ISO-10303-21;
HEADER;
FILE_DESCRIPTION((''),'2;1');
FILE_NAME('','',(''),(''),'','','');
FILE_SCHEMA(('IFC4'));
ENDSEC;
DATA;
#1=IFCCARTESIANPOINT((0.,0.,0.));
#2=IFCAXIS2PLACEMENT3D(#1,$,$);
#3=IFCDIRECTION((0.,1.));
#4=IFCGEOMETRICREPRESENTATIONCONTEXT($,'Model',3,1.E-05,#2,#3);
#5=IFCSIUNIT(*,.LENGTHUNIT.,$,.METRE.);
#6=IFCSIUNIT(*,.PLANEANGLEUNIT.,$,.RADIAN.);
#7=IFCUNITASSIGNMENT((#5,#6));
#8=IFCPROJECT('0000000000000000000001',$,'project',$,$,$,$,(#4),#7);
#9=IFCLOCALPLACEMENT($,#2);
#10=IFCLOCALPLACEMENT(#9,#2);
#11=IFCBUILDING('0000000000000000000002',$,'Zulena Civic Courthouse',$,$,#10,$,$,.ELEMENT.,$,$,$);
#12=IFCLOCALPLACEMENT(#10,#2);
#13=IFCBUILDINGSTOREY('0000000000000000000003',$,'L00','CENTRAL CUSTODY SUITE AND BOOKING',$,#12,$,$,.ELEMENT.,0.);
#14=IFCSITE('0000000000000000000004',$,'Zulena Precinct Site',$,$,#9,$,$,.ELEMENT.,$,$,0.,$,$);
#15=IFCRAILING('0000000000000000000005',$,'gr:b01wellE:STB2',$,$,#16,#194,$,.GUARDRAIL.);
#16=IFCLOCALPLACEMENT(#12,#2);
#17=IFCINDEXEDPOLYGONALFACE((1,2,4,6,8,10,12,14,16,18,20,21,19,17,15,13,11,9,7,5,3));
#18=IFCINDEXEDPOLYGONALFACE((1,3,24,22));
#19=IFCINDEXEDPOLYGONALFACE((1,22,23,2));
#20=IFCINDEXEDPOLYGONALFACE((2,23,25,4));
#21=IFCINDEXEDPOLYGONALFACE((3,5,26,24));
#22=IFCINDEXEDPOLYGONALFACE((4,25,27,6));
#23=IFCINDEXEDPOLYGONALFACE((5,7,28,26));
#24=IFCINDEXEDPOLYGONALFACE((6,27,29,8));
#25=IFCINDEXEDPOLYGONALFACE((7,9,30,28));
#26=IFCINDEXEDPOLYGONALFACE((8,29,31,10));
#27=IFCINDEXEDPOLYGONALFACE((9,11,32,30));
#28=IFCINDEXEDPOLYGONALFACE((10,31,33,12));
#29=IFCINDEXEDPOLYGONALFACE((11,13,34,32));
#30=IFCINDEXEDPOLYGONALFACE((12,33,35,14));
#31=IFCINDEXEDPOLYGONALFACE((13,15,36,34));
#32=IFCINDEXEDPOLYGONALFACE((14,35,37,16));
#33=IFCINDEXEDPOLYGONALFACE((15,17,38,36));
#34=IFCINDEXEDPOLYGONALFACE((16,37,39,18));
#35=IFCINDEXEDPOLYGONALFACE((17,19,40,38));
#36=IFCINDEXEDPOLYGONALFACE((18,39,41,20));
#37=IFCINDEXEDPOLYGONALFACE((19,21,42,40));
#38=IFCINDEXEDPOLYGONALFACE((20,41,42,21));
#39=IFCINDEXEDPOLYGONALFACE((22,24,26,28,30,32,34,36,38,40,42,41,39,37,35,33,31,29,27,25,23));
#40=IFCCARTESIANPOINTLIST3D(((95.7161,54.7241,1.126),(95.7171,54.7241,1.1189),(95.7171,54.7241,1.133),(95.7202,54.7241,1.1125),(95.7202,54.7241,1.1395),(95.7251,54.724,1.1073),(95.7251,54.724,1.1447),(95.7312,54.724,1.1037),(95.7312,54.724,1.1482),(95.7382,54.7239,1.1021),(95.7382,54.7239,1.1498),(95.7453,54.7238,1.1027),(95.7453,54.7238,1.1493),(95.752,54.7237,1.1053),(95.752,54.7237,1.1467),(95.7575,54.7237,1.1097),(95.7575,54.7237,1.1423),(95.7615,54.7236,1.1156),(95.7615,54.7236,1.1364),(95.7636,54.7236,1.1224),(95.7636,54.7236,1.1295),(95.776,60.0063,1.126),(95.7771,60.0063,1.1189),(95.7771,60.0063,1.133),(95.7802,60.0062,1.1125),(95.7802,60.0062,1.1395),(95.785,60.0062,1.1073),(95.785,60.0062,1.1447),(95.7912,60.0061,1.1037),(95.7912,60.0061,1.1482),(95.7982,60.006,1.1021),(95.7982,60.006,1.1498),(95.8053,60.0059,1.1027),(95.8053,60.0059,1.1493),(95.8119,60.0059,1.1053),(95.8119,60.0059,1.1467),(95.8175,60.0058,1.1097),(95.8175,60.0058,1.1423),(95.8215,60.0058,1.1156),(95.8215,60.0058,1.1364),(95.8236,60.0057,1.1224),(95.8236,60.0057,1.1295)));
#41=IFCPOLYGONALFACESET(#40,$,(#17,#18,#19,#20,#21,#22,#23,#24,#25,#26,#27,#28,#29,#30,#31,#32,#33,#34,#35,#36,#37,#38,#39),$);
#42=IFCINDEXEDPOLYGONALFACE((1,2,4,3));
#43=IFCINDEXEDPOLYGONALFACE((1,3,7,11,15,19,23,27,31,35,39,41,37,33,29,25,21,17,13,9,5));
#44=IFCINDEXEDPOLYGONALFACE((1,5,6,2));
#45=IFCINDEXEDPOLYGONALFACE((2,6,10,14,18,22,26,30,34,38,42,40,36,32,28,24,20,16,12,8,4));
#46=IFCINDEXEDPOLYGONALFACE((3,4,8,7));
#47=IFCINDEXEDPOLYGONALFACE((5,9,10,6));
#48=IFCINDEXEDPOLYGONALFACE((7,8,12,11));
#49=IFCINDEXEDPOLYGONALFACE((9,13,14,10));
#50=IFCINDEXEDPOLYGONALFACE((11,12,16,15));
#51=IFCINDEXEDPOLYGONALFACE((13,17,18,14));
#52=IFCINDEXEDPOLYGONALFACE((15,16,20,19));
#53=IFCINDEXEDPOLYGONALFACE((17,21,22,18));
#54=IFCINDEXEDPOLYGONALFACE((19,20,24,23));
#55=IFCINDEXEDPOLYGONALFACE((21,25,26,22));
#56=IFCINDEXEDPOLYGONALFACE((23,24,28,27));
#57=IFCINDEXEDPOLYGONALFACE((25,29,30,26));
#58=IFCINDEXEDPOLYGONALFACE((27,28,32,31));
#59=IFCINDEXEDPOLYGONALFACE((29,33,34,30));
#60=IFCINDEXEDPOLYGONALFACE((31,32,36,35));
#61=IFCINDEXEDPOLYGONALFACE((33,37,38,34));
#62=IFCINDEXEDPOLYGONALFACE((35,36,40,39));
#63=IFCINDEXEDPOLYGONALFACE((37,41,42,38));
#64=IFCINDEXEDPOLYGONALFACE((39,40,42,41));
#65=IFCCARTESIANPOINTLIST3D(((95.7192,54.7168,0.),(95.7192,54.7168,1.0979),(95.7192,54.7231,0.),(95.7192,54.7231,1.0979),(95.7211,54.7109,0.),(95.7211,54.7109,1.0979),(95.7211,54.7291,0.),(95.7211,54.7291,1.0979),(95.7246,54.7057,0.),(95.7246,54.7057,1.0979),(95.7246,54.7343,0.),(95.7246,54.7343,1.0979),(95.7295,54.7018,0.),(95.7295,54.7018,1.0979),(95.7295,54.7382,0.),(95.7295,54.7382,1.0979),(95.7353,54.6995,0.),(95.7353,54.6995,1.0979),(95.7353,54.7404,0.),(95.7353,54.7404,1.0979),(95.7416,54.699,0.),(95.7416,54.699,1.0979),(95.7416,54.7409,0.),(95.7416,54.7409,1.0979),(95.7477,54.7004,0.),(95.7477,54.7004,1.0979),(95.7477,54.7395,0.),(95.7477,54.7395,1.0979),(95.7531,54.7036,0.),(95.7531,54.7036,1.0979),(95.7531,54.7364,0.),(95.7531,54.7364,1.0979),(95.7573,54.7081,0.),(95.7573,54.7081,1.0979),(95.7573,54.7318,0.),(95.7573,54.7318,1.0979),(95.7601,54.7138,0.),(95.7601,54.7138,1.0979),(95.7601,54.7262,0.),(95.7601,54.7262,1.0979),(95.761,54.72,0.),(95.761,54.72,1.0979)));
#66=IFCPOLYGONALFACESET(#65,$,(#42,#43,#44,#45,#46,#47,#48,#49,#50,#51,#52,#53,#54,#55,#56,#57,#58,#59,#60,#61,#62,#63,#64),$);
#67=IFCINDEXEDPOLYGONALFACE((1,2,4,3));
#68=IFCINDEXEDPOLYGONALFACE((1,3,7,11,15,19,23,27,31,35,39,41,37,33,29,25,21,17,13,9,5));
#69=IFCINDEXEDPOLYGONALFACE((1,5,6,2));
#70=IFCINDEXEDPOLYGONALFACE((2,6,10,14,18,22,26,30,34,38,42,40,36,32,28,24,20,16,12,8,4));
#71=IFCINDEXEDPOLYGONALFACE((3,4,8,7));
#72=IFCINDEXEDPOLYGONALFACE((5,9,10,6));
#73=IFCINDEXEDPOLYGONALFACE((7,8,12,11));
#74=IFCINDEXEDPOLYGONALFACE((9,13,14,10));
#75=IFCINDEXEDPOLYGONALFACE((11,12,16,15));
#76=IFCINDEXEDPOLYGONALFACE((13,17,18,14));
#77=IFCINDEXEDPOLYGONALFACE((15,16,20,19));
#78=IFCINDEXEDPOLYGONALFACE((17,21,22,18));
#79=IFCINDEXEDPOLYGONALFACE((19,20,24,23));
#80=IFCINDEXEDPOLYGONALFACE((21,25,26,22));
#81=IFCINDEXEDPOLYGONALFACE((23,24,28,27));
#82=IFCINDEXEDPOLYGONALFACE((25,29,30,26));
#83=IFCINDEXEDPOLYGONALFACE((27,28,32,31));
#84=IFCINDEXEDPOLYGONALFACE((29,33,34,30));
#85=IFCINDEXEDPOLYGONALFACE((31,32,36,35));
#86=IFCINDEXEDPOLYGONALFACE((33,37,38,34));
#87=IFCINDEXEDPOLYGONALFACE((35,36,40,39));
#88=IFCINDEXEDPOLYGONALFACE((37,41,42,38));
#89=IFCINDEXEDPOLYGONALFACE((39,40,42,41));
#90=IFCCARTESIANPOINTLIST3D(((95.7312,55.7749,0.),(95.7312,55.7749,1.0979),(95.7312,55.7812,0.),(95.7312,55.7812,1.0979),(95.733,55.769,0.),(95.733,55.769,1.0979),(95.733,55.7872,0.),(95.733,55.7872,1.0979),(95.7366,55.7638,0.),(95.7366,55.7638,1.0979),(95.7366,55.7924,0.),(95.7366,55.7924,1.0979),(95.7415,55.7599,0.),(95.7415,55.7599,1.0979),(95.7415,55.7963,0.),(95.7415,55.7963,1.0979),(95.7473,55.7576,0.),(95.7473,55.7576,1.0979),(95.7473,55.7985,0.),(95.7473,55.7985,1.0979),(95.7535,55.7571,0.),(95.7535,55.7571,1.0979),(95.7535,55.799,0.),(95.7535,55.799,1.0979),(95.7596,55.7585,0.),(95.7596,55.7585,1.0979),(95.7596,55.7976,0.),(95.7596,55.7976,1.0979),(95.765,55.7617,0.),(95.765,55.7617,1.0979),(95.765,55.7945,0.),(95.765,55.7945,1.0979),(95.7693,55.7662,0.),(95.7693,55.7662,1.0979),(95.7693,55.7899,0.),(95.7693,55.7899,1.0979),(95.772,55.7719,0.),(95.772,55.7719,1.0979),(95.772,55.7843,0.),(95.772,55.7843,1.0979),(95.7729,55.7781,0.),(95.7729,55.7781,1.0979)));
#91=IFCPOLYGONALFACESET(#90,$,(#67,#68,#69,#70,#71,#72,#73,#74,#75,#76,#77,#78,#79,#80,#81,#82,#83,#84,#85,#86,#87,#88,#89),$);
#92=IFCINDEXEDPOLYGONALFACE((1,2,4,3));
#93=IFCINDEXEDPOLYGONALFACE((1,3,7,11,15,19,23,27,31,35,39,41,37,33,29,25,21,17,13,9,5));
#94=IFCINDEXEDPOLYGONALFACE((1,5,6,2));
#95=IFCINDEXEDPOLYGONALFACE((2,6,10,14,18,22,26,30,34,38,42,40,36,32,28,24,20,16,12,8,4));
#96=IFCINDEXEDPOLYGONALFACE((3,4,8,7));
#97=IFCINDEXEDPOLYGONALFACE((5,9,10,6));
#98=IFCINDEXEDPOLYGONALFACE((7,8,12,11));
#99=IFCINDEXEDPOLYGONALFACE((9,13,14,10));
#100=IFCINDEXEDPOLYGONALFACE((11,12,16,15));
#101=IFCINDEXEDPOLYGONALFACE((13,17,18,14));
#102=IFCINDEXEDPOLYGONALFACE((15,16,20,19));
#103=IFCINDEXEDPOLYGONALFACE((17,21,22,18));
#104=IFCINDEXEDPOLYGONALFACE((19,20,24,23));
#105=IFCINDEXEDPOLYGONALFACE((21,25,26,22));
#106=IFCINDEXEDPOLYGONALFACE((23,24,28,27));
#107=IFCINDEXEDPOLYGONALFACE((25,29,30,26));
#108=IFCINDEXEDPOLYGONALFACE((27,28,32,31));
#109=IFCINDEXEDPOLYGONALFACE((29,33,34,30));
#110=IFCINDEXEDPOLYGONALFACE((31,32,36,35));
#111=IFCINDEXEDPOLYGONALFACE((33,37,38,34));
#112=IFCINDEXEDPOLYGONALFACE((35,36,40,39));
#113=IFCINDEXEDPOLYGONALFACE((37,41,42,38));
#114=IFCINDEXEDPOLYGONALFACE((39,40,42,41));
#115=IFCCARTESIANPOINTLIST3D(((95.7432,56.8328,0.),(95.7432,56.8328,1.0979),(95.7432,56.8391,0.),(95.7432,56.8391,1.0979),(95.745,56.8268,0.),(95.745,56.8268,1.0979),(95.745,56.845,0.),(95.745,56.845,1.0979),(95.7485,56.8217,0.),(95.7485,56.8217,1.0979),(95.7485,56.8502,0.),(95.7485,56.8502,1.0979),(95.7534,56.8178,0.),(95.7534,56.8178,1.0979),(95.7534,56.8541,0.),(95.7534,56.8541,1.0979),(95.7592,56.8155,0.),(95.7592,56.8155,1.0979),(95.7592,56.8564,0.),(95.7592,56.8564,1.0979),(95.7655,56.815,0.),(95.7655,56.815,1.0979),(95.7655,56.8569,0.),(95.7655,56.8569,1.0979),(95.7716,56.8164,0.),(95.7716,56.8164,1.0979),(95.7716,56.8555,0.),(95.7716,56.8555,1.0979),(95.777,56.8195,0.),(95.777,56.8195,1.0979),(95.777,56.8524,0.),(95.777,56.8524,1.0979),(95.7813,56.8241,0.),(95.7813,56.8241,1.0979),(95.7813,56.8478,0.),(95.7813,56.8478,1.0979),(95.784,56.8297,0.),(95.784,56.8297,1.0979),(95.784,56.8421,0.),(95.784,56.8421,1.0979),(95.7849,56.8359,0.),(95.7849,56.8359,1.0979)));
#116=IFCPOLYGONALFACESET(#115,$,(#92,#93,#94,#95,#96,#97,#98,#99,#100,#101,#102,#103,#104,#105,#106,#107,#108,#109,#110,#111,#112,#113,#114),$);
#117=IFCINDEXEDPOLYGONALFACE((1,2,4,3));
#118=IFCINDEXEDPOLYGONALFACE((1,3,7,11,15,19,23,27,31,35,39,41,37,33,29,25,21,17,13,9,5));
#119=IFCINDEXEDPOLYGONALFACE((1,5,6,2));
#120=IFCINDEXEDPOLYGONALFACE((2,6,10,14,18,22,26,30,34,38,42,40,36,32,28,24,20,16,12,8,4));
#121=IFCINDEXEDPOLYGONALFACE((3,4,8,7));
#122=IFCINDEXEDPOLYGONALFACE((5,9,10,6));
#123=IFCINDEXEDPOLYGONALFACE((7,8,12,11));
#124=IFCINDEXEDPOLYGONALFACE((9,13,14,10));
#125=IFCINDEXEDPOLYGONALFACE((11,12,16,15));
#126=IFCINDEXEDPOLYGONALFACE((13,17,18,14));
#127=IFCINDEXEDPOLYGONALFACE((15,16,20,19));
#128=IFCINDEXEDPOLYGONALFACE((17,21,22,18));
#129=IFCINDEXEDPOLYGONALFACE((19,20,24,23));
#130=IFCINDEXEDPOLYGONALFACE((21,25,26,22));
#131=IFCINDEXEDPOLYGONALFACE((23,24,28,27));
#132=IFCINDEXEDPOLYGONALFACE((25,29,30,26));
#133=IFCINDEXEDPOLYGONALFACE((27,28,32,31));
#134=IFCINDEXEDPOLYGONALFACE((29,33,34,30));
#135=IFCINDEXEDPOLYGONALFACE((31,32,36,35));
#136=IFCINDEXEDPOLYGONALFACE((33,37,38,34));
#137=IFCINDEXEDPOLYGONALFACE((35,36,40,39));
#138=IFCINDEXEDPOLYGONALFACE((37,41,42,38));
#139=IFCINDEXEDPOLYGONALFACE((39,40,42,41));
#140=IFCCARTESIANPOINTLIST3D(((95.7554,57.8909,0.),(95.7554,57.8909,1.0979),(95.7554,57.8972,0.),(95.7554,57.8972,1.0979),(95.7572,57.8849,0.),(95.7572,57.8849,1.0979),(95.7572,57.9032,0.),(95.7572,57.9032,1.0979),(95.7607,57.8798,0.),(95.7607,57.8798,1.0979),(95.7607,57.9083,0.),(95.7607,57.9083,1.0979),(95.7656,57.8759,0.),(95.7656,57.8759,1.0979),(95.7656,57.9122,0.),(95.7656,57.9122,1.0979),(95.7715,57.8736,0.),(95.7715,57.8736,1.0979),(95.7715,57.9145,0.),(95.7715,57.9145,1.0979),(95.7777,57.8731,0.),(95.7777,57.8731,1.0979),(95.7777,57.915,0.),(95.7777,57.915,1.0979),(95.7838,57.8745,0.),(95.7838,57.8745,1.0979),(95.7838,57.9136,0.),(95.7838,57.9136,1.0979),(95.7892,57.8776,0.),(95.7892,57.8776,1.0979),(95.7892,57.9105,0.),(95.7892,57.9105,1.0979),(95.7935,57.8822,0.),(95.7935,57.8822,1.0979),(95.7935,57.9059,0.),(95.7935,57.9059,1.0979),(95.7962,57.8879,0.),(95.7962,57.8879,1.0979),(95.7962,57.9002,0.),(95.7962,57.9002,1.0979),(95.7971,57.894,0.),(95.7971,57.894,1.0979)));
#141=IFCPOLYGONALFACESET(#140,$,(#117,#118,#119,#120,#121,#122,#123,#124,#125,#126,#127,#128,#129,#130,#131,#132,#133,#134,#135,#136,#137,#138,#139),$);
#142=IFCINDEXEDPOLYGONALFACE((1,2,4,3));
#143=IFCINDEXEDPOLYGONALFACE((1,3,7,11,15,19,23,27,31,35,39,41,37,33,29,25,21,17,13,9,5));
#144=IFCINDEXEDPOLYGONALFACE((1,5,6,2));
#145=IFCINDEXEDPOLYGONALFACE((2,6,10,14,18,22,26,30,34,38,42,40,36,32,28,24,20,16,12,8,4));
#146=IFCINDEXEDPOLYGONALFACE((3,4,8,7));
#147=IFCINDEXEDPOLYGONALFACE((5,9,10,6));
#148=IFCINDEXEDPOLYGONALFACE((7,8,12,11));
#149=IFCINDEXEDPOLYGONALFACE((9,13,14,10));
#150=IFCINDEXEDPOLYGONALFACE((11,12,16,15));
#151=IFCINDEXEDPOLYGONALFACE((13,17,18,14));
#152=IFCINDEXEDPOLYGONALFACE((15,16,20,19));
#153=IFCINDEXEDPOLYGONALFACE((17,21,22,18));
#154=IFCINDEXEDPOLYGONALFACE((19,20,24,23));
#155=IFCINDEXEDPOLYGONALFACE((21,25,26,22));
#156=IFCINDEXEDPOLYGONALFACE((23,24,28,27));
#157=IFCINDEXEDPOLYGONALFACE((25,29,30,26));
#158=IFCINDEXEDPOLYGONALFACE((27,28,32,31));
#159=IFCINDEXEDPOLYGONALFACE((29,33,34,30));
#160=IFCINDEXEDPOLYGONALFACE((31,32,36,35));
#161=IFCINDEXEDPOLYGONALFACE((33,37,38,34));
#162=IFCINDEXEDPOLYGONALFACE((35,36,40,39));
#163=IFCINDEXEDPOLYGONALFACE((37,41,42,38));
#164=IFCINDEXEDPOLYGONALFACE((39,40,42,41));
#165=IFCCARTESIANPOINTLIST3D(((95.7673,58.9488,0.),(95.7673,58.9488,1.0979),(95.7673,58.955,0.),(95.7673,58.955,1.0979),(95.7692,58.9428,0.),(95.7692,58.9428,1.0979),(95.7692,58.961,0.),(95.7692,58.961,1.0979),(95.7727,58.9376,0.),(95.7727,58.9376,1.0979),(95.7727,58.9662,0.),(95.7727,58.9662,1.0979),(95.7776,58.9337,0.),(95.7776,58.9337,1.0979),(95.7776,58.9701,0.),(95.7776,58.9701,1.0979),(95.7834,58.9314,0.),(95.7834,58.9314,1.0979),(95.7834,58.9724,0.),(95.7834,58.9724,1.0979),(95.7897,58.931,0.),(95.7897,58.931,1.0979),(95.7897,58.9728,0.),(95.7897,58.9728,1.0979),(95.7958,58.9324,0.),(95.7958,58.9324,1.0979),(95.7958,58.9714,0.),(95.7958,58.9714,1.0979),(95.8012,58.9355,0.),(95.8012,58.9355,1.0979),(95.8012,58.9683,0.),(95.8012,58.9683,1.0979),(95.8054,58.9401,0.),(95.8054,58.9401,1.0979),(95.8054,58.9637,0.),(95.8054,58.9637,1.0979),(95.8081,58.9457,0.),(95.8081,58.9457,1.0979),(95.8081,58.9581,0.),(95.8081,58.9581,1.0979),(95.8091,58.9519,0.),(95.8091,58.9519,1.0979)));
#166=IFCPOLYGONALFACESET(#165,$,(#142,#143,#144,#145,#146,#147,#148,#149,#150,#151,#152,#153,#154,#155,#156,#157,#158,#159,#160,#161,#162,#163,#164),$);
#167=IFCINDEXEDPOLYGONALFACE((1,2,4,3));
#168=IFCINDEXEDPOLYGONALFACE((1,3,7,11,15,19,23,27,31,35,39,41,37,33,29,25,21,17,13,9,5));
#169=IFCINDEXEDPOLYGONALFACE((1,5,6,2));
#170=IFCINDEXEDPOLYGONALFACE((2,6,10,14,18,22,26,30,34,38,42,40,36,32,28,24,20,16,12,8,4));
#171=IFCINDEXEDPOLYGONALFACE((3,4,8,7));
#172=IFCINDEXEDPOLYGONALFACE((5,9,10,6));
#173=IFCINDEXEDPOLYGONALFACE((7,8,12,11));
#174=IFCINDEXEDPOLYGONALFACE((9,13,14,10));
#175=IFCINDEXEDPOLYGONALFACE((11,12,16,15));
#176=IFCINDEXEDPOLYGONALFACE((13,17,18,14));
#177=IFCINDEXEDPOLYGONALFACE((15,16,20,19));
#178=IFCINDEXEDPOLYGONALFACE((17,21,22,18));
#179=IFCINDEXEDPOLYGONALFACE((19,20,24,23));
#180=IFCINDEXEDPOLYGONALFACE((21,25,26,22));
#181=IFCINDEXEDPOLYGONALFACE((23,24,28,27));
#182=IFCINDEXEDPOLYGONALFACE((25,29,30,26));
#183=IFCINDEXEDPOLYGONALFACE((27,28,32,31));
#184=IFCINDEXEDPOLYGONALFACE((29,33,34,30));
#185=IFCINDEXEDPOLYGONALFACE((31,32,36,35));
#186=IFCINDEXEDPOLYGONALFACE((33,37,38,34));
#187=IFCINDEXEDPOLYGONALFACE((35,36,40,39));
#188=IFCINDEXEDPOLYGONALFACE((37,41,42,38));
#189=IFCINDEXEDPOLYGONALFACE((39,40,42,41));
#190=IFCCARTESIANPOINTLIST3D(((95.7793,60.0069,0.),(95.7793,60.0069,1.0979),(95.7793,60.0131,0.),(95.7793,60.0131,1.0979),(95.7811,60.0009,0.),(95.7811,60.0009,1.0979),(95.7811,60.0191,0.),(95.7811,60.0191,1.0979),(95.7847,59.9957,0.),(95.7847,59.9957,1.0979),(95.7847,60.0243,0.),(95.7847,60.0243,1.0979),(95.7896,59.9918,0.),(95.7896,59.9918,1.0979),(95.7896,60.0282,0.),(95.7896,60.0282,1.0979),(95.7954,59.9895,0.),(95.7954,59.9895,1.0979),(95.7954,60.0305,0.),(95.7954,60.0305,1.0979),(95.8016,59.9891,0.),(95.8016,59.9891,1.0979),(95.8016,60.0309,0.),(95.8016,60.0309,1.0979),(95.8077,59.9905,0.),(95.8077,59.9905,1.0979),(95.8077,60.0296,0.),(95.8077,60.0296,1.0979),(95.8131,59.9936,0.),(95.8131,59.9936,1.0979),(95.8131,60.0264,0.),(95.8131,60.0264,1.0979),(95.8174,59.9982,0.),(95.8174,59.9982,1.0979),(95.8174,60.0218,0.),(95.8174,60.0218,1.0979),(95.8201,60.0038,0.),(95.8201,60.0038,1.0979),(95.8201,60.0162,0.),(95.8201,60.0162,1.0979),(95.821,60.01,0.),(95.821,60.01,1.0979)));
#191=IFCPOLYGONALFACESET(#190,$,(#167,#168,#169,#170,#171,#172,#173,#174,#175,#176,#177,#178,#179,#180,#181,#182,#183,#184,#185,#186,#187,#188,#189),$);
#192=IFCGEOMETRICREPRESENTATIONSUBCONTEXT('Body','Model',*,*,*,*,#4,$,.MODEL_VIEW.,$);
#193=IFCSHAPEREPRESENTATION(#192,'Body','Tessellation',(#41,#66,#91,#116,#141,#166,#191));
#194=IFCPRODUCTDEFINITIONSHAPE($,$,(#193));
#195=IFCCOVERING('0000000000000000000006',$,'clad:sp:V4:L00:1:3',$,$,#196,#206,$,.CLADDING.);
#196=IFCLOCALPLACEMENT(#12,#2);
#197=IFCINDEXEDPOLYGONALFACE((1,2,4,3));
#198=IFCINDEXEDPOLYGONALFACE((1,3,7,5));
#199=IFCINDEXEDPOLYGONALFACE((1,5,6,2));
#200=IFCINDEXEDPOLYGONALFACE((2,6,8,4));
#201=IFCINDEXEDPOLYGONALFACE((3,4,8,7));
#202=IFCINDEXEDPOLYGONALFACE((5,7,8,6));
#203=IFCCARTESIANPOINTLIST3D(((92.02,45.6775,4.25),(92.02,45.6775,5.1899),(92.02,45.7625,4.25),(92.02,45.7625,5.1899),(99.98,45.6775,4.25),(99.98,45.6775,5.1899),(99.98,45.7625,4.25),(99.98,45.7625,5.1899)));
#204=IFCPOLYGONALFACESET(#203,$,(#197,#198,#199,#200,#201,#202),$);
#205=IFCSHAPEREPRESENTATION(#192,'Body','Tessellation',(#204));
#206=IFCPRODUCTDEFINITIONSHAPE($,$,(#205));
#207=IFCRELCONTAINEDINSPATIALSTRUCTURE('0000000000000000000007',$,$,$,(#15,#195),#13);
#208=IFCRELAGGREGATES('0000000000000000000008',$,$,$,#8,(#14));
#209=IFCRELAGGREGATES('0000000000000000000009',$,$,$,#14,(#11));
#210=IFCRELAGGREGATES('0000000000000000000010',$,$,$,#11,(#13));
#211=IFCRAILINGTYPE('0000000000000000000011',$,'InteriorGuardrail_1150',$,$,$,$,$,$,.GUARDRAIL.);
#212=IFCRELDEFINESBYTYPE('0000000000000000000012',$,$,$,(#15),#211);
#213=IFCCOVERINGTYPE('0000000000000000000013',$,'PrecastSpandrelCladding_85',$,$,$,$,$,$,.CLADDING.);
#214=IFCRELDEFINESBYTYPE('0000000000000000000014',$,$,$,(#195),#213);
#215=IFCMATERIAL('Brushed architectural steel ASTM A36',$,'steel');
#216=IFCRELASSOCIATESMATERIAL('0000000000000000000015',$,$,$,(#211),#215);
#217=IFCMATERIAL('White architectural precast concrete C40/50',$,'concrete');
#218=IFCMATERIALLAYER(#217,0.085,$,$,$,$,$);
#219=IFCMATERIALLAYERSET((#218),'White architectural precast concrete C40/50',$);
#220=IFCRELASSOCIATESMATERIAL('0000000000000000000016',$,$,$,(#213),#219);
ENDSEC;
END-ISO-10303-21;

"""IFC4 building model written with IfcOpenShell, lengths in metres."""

from ifc_helpers import new_model, si_unit, direction, frame, origin, origin_2d, place, context, subcontext, project, spatial, rectangle, circle, extrude, material, layer, layer_set, type_object, element, save


model = new_model("IFC4")

# Units and contexts
model_context = context("Model", 3, precision=1e-05, world=origin(), true_north=direction((0.0, 1.0)))
body_context = subcontext(model_context, "Body", "Model", "MODEL_VIEW")
ifc_project = project(units=[si_unit("LENGTHUNIT", "METRE"), si_unit("PLANEANGLEUNIT", "RADIAN")], contexts=[model_context])

# Site, building, storey
site_placement = place(None, origin())
site = spatial("IfcSite", under=ifc_project, at=site_placement, Name="Zulena Precinct Site", CompositionType="ELEMENT", RefElevation=0.0)
building_placement = place(site_placement, origin())
building = spatial("IfcBuilding", under=site, at=building_placement, Name="Zulena Civic Courthouse", CompositionType="ELEMENT")
storey_placement = place(building_placement, origin())
storey = spatial("IfcBuildingStorey", under=building, at=storey_placement, Name="L00", Description="CENTRAL CUSTODY SUITE AND BOOKING", CompositionType="ELEMENT", Elevation=0.0)

# Railing
ifc_material_1 = material(Name="Brushed architectural steel ASTM A36", Category="steel")
railing_type = type_object("IfcRailingType", Name="InteriorGuardrail_1150", PredefinedType="GUARDRAIL", material=ifc_material_1)
railing_1_placement = place(storey_placement, frame((95.74, 54.72, 0.0)))
element("IfcRailing", 1, at=railing_1_placement, inside=storey, type_object=railing_type, Name="gr:b01wellE:STB2", PredefinedType="GUARDRAIL", context=body_context, shape_type="SweptSolid", body=[
    extrude(circle(Radius=0.0239, at=origin_2d()), frame((0.0, 0.0039, 1.126), z_axis=(0.011352, 0.999936, 0.0), x_axis=(-0.999936, 0.011352, 0.0)), (0.0, 0.0, 1.0), 5.2825),
    extrude(circle(Radius=0.021, at=origin_2d()), origin(), (0.0, 0.0, 1.0), 1.0979),
    extrude(circle(Radius=0.021, at=origin_2d()), frame((0.012, 1.0581, 0.0)), (0.0, 0.0, 1.0), 1.0979),
    extrude(circle(Radius=0.021, at=origin_2d()), frame((0.0239, 2.116, 0.0)), (0.0, 0.0, 1.0), 1.0979),
    extrude(circle(Radius=0.021, at=origin_2d()), frame((0.0361, 3.1741, 0.0)), (0.0, 0.0, 1.0), 1.0979),
    extrude(circle(Radius=0.021, at=origin_2d()), frame((0.0481, 4.2319, 0.0)), (0.0, 0.0, 1.0), 1.0979),
    extrude(circle(Radius=0.021, at=origin_2d()), frame((0.0601, 5.29, 0.0)), (0.0, 0.0, 1.0), 1.0979),
])

# Covering
ifc_material_2 = material(Name="White architectural precast concrete C40/50", Category="concrete")
ifc_layer_1 = layer(ifc_material_2, 0.085)
ifc_layer_set_1 = layer_set([ifc_layer_1], Name="White architectural precast concrete C40/50")
covering_type = type_object("IfcCoveringType", Name="PrecastSpandrelCladding_85", PredefinedType="CLADDING", material=ifc_layer_set_1)
for number, where, z_axis, x_axis, name in (
    (2, (96.0, 45.72, 4.25), (0.0, 0.0, 1.0), (1.0, 0.0, 0.0), "clad:sp:V4:L00:1:3"),
):
    element("IfcCovering", number, at=place(storey_placement, frame(where, z_axis=z_axis, x_axis=x_axis)), inside=storey, type_object=covering_type, Name=name, PredefinedType="CLADDING", context=body_context, shape_type="SweptSolid", body=[
        extrude(rectangle(XDim=7.96, YDim=0.085, at=origin_2d()), origin(), (0.0, 0.0, 1.0), 0.9399),
    ])

save(model, "model.ifc")
